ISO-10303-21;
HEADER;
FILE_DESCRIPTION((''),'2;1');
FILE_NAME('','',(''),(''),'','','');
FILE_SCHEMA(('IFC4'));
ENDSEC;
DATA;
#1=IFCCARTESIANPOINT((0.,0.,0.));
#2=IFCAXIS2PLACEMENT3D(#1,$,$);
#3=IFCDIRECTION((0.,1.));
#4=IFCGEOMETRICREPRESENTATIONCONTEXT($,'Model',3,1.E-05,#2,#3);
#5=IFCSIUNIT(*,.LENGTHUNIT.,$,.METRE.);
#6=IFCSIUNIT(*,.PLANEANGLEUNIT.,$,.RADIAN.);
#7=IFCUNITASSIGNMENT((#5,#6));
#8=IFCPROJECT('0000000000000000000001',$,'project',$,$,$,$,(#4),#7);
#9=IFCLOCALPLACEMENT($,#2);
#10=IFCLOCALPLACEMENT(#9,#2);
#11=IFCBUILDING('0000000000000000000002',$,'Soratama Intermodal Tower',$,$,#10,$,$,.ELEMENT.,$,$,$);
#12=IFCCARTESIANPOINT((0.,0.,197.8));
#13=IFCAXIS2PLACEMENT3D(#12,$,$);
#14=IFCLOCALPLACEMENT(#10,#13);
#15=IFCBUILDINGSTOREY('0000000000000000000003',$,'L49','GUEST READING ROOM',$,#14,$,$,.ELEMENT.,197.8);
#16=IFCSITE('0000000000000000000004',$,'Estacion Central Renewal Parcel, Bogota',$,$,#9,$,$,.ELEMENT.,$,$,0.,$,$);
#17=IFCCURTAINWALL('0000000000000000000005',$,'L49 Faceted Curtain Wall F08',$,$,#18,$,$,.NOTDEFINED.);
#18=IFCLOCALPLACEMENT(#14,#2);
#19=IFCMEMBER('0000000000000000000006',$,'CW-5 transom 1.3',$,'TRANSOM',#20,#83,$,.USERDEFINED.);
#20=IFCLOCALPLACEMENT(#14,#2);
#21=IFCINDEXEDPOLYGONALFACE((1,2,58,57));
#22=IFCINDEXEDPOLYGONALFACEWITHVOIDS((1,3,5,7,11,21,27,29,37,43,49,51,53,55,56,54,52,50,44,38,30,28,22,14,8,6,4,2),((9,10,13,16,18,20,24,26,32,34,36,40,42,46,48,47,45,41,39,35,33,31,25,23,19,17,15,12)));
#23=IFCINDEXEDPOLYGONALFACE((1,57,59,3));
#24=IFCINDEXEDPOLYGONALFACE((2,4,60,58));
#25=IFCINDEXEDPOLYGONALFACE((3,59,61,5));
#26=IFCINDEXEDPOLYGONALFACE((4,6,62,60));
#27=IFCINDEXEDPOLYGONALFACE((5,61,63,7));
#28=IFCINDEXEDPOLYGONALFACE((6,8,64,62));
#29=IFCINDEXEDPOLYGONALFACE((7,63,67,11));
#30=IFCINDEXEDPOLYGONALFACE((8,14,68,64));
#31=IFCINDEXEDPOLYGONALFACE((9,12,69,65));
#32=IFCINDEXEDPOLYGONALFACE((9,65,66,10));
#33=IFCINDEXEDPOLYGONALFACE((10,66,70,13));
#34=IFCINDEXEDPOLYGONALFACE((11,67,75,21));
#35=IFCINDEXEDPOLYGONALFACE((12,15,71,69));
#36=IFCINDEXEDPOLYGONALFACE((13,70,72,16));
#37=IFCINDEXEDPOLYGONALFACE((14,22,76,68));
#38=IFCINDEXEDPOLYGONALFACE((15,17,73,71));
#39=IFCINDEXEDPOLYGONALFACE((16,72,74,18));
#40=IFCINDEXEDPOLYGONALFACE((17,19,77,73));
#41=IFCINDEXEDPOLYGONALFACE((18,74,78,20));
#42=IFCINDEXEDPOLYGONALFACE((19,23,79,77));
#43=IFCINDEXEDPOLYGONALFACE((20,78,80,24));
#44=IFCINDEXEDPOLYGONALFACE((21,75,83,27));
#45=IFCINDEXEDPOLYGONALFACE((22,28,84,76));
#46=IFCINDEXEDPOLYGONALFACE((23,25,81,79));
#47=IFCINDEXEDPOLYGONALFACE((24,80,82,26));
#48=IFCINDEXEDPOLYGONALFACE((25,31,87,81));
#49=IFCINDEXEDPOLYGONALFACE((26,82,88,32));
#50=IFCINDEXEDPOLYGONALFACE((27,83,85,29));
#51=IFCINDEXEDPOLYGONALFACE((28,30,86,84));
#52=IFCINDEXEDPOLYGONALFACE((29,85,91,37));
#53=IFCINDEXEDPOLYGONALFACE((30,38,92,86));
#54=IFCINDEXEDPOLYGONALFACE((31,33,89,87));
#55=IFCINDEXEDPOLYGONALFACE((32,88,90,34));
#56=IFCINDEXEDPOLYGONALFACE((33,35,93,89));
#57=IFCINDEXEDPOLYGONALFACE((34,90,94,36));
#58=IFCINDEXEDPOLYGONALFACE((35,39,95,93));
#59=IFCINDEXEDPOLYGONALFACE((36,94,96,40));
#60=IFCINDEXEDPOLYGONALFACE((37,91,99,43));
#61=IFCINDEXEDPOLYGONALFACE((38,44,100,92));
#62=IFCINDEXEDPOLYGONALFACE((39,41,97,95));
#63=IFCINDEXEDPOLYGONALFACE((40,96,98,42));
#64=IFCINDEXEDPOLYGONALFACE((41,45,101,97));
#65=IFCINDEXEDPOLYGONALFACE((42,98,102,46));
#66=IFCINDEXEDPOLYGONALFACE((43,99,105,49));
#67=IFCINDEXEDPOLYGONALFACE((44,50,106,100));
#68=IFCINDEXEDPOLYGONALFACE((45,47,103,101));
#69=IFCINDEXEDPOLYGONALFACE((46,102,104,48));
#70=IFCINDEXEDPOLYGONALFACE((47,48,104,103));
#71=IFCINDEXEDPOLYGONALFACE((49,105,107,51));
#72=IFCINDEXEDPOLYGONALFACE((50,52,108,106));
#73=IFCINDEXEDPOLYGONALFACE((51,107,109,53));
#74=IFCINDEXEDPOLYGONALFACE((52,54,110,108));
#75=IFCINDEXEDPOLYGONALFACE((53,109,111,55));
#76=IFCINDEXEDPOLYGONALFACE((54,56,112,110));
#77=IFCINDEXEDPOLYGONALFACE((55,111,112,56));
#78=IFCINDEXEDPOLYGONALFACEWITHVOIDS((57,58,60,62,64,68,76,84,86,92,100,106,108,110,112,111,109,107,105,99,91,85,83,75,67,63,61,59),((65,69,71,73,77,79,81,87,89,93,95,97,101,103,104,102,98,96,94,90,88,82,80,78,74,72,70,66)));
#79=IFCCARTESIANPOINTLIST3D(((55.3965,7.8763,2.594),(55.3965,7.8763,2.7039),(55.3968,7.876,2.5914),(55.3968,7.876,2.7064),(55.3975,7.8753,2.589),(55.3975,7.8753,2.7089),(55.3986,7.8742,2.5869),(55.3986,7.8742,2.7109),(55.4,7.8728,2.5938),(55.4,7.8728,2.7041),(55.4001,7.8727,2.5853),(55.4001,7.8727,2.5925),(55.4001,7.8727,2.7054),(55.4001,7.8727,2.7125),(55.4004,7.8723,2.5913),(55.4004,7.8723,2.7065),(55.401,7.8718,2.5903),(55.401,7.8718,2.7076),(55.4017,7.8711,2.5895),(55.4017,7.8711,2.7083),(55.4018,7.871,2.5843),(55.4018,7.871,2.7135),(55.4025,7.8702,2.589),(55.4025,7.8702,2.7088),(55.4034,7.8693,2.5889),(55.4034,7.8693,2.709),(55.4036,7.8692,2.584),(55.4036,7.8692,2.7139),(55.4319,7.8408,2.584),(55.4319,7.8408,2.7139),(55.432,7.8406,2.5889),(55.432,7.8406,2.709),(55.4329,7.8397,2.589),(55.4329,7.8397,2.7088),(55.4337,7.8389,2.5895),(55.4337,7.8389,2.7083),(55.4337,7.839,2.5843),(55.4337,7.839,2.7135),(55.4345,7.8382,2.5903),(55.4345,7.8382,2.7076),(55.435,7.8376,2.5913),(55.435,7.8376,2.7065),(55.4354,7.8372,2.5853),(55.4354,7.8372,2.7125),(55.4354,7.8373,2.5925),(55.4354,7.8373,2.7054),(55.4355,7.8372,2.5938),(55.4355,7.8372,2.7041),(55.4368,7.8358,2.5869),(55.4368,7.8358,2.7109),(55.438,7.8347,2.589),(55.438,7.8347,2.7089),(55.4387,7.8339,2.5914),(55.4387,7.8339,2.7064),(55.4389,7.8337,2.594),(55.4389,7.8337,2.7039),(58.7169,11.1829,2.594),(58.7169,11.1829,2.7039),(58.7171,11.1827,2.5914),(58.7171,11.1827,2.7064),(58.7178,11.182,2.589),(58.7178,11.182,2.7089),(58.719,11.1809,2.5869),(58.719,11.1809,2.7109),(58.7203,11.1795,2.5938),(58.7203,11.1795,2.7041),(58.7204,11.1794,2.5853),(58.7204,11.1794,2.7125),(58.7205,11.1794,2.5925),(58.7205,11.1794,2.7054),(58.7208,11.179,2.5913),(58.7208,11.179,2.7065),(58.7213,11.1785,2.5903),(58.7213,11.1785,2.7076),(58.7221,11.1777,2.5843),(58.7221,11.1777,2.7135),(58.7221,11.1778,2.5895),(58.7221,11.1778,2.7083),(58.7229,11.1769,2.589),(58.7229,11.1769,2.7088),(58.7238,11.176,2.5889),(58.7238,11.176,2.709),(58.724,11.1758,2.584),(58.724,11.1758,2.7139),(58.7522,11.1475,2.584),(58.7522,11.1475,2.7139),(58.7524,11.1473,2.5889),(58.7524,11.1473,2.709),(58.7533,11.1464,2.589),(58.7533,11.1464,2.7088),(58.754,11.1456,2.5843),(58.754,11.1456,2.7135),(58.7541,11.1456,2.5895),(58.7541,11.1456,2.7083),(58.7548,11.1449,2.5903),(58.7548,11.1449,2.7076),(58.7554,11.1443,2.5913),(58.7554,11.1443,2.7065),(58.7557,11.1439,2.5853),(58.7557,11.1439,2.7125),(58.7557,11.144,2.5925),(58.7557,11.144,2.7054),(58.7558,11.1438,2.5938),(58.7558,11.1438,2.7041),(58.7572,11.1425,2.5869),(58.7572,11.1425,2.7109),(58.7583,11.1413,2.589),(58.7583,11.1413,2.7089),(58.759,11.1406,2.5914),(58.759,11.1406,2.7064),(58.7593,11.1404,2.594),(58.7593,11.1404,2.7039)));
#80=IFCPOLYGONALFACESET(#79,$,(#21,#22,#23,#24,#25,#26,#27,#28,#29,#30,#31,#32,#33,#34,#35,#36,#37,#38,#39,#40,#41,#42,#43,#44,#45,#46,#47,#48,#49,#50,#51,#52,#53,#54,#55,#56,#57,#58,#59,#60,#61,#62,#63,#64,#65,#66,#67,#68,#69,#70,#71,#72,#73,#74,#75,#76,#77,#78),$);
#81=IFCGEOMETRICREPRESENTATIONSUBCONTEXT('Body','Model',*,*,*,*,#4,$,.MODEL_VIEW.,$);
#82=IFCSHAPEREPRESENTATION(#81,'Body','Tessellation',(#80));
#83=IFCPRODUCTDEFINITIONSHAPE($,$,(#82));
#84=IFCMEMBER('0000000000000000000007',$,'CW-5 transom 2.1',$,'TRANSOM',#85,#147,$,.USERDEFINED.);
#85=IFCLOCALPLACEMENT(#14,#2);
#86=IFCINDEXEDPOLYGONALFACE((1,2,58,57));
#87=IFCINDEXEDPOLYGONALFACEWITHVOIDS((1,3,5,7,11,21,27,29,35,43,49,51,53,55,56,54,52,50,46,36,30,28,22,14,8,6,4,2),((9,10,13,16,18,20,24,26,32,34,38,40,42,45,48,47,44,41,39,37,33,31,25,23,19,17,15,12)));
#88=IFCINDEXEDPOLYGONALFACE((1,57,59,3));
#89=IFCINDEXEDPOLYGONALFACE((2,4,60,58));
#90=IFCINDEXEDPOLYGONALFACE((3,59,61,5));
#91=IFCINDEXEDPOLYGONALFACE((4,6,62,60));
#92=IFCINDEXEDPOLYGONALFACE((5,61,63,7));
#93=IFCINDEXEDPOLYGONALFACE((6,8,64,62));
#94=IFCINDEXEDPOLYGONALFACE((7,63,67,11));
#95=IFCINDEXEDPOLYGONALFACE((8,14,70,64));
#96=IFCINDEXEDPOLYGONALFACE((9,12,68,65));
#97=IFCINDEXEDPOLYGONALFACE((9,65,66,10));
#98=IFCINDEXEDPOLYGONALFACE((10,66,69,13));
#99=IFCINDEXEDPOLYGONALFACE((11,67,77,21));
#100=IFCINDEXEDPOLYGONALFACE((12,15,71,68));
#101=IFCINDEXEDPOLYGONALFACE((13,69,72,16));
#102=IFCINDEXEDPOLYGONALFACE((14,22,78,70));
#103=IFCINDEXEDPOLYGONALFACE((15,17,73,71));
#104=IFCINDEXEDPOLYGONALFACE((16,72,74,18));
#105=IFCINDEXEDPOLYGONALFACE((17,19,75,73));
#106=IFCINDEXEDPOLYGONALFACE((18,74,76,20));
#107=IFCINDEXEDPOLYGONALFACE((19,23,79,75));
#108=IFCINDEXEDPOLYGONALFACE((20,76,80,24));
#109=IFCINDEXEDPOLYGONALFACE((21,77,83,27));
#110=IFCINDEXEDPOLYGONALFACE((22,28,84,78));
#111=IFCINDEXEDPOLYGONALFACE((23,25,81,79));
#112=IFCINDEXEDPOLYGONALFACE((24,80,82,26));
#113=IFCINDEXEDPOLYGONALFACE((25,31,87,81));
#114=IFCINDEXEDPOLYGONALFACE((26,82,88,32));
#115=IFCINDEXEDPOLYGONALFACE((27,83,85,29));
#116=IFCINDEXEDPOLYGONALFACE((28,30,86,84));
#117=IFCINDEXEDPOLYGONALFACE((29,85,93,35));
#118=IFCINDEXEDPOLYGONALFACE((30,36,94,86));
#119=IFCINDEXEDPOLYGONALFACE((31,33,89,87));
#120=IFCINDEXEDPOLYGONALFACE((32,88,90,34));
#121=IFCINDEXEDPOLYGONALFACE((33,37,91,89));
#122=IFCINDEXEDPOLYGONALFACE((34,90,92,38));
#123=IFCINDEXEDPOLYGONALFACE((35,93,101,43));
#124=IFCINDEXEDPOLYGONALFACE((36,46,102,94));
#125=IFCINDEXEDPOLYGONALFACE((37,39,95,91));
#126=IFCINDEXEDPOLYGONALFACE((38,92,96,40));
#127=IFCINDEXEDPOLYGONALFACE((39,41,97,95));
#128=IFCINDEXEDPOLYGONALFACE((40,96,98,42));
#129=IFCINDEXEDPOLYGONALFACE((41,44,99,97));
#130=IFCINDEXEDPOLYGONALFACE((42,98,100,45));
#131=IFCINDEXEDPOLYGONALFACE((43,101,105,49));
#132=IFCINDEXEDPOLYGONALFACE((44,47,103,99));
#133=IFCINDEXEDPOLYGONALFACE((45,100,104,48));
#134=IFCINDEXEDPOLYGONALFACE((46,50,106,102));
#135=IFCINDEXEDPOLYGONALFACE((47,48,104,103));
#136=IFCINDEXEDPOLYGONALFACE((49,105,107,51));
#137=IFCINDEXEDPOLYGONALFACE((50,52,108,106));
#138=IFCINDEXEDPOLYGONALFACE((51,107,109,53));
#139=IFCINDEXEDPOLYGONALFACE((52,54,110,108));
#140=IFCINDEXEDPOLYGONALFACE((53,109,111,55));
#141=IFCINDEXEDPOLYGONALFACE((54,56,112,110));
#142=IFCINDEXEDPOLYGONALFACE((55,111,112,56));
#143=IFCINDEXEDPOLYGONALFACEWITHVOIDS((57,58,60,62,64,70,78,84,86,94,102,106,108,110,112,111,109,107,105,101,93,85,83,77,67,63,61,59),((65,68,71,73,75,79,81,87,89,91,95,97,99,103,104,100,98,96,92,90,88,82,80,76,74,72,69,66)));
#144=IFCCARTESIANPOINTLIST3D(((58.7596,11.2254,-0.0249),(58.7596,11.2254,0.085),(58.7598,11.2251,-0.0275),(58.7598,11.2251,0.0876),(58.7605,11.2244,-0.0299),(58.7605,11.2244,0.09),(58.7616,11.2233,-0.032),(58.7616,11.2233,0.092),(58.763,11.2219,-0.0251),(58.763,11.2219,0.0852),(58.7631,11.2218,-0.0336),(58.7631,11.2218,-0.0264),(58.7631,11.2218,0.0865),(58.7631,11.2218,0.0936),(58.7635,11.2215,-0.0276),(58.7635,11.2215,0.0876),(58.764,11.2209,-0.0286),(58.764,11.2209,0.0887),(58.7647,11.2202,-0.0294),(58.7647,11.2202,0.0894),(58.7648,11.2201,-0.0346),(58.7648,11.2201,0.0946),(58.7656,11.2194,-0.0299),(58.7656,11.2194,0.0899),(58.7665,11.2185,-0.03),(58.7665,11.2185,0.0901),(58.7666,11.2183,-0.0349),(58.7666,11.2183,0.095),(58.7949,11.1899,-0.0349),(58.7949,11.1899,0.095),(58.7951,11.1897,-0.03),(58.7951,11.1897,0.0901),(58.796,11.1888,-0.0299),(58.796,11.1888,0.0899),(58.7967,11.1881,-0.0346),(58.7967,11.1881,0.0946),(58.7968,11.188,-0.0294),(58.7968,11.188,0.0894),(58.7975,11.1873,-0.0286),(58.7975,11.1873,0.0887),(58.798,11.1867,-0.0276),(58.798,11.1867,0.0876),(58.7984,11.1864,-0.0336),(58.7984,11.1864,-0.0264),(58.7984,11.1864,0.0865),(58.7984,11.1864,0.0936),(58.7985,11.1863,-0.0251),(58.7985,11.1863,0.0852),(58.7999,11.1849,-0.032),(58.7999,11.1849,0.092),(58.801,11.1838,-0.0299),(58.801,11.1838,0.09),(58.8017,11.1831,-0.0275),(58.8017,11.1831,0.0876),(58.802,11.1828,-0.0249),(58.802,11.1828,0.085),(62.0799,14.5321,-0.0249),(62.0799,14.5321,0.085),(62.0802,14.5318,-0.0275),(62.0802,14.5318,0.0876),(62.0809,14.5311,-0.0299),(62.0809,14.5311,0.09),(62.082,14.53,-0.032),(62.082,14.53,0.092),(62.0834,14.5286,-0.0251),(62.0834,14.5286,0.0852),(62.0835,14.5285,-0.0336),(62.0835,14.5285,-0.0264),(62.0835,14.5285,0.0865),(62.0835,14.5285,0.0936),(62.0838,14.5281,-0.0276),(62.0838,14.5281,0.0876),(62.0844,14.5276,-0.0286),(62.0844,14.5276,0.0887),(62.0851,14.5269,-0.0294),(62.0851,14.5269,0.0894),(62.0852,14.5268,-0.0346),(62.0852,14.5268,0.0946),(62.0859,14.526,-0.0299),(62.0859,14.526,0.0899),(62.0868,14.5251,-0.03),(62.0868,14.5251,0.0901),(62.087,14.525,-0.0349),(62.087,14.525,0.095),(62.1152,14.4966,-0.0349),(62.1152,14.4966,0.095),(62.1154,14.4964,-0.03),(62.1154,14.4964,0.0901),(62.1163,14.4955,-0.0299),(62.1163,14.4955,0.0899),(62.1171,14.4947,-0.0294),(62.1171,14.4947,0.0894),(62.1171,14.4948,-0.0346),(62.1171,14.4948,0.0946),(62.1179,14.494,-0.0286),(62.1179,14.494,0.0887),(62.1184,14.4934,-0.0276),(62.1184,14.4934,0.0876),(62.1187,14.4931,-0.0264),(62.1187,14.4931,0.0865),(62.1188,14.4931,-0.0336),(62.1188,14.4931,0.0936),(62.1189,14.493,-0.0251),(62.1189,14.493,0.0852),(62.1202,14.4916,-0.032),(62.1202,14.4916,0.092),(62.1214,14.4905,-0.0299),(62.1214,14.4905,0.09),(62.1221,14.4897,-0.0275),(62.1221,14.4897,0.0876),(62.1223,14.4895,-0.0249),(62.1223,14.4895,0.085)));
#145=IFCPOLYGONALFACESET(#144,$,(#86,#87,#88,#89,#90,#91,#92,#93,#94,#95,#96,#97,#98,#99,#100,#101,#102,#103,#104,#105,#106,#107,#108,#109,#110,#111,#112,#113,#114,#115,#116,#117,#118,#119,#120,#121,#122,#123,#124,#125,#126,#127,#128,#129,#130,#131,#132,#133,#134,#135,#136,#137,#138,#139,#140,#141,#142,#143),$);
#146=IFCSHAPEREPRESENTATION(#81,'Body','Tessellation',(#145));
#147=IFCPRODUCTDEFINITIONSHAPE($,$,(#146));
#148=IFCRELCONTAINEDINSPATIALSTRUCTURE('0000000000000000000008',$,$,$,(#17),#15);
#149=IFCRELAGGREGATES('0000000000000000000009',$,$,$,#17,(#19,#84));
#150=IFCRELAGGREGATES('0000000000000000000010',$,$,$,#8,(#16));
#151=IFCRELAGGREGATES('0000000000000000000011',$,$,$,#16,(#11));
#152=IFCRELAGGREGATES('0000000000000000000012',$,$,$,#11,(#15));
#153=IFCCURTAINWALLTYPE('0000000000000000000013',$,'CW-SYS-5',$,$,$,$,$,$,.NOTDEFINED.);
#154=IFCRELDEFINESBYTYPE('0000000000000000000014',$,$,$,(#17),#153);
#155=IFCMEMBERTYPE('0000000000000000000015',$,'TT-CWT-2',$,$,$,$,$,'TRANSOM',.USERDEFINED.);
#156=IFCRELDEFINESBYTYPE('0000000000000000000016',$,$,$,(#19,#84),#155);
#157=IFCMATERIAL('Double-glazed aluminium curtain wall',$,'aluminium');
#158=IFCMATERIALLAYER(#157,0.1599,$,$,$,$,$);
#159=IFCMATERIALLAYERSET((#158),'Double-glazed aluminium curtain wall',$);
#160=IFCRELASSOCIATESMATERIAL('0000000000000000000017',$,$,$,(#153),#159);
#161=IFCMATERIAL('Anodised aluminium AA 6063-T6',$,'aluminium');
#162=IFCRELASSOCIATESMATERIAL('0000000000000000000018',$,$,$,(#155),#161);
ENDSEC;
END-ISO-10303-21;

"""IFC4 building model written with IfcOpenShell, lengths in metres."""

from ifc_helpers import new_model, si_unit, direction, frame, origin, origin_2d, place, context, subcontext, project, spatial, hollow_rectangle, extrude, material, layer, layer_set, material_profile, profile_set, type_object, element, aggregate, save


model = new_model("IFC4")

# Units and contexts
model_context = context("Model", 3, precision=1e-05, world=origin(), true_north=direction((0.0, 1.0)))
body_context = subcontext(model_context, "Body", "Model", "MODEL_VIEW")
ifc_project = project(units=[si_unit("LENGTHUNIT", "METRE"), si_unit("PLANEANGLEUNIT", "RADIAN")], contexts=[model_context])

# Site, building, storey
site_placement = place(None, origin())
site = spatial("IfcSite", under=ifc_project, at=site_placement, Name="Estacion Central Renewal Parcel, Bogota", CompositionType="ELEMENT", RefElevation=0.0)
building_placement = place(site_placement, origin())
building = spatial("IfcBuilding", under=site, at=building_placement, Name="Soratama Intermodal Tower", CompositionType="ELEMENT")
storey_placement = place(building_placement, frame((0.0, 0.0, 197.8)))
storey = spatial("IfcBuildingStorey", under=building, at=storey_placement, Name="L49", Description="GUEST READING ROOM", CompositionType="ELEMENT", Elevation=197.8)

# Curtain wall, members
ifc_material_1 = material(Name="Double-glazed aluminium curtain wall", Category="aluminium")
ifc_layer_1 = layer(ifc_material_1, 0.1599)
ifc_layer_set_1 = layer_set([ifc_layer_1], Name="Double-glazed aluminium curtain wall")
curtain_wall_type = type_object("IfcCurtainWallType", Name="CW-SYS-5", PredefinedType="NOTDEFINED", material=ifc_layer_set_1)
curtain_wall_placement = place(storey_placement, origin())
curtain_wall = element("IfcCurtainWall", 1, at=curtain_wall_placement, inside=storey, type_object=curtain_wall_type, Name="L49 Faceted Curtain Wall F08", PredefinedType="NOTDEFINED")
ifc_material_2 = material(Name="Anodised aluminium AA 6063-T6", Category="aluminium")
ifc_material_profile_1 = material_profile(ifc_material_2, hollow_rectangle(XDim=0.0601, YDim=0.1299, WallThickness=0.0049, InnerFilletRadius=0.0049, OuterFilletRadius=0.01, at=origin_2d()), Name="CWT130X60X5")
ifc_profile_set_1 = profile_set([ifc_material_profile_1], Name="Anodised aluminium AA 6063-T6")
member_type_1 = type_object("IfcMemberType", Name="TT-CWT-2", ElementType="TRANSOM", PredefinedType="USERDEFINED", material=ifc_profile_set_1)
member_1_placement = place(storey_placement, frame((55.4177, 7.855, 2.6489), z_axis=(0.708564, 0.705646, 0.0), x_axis=(-0.705646, 0.708564, 0.0)))
member_1 = element("IfcMember", 2, at=member_1_placement, type_object=member_type_1, Name="CW-5 transom 1.3", ObjectType="TRANSOM", PredefinedType="USERDEFINED", context=body_context, shape_type="SweptSolid", body=[
    extrude(hollow_rectangle(XDim=0.0601, YDim=0.1299, WallThickness=0.0049, InnerFilletRadius=0.0049, OuterFilletRadius=0.01, at=origin_2d()), origin(), (0.0, 0.0, 1.0), 4.686),
])
member_2_placement = place(storey_placement, frame((58.7808, 11.2041, 0.03), z_axis=(0.708564, 0.705646, 0.0), x_axis=(-0.705646, 0.708564, 0.0)))
member_2 = element("IfcMember", 3, at=member_2_placement, type_object=member_type_1, Name="CW-5 transom 2.1", ObjectType="TRANSOM", PredefinedType="USERDEFINED", context=body_context, shape_type="SweptSolid", body=[
    extrude(hollow_rectangle(XDim=0.0601, YDim=0.1299, WallThickness=0.0049, InnerFilletRadius=0.0049, OuterFilletRadius=0.01, at=origin_2d()), origin(), (0.0, 0.0, 1.0), 4.686),
])
aggregate(curtain_wall, [member_1, member_2])

save(model, "model.ifc")
